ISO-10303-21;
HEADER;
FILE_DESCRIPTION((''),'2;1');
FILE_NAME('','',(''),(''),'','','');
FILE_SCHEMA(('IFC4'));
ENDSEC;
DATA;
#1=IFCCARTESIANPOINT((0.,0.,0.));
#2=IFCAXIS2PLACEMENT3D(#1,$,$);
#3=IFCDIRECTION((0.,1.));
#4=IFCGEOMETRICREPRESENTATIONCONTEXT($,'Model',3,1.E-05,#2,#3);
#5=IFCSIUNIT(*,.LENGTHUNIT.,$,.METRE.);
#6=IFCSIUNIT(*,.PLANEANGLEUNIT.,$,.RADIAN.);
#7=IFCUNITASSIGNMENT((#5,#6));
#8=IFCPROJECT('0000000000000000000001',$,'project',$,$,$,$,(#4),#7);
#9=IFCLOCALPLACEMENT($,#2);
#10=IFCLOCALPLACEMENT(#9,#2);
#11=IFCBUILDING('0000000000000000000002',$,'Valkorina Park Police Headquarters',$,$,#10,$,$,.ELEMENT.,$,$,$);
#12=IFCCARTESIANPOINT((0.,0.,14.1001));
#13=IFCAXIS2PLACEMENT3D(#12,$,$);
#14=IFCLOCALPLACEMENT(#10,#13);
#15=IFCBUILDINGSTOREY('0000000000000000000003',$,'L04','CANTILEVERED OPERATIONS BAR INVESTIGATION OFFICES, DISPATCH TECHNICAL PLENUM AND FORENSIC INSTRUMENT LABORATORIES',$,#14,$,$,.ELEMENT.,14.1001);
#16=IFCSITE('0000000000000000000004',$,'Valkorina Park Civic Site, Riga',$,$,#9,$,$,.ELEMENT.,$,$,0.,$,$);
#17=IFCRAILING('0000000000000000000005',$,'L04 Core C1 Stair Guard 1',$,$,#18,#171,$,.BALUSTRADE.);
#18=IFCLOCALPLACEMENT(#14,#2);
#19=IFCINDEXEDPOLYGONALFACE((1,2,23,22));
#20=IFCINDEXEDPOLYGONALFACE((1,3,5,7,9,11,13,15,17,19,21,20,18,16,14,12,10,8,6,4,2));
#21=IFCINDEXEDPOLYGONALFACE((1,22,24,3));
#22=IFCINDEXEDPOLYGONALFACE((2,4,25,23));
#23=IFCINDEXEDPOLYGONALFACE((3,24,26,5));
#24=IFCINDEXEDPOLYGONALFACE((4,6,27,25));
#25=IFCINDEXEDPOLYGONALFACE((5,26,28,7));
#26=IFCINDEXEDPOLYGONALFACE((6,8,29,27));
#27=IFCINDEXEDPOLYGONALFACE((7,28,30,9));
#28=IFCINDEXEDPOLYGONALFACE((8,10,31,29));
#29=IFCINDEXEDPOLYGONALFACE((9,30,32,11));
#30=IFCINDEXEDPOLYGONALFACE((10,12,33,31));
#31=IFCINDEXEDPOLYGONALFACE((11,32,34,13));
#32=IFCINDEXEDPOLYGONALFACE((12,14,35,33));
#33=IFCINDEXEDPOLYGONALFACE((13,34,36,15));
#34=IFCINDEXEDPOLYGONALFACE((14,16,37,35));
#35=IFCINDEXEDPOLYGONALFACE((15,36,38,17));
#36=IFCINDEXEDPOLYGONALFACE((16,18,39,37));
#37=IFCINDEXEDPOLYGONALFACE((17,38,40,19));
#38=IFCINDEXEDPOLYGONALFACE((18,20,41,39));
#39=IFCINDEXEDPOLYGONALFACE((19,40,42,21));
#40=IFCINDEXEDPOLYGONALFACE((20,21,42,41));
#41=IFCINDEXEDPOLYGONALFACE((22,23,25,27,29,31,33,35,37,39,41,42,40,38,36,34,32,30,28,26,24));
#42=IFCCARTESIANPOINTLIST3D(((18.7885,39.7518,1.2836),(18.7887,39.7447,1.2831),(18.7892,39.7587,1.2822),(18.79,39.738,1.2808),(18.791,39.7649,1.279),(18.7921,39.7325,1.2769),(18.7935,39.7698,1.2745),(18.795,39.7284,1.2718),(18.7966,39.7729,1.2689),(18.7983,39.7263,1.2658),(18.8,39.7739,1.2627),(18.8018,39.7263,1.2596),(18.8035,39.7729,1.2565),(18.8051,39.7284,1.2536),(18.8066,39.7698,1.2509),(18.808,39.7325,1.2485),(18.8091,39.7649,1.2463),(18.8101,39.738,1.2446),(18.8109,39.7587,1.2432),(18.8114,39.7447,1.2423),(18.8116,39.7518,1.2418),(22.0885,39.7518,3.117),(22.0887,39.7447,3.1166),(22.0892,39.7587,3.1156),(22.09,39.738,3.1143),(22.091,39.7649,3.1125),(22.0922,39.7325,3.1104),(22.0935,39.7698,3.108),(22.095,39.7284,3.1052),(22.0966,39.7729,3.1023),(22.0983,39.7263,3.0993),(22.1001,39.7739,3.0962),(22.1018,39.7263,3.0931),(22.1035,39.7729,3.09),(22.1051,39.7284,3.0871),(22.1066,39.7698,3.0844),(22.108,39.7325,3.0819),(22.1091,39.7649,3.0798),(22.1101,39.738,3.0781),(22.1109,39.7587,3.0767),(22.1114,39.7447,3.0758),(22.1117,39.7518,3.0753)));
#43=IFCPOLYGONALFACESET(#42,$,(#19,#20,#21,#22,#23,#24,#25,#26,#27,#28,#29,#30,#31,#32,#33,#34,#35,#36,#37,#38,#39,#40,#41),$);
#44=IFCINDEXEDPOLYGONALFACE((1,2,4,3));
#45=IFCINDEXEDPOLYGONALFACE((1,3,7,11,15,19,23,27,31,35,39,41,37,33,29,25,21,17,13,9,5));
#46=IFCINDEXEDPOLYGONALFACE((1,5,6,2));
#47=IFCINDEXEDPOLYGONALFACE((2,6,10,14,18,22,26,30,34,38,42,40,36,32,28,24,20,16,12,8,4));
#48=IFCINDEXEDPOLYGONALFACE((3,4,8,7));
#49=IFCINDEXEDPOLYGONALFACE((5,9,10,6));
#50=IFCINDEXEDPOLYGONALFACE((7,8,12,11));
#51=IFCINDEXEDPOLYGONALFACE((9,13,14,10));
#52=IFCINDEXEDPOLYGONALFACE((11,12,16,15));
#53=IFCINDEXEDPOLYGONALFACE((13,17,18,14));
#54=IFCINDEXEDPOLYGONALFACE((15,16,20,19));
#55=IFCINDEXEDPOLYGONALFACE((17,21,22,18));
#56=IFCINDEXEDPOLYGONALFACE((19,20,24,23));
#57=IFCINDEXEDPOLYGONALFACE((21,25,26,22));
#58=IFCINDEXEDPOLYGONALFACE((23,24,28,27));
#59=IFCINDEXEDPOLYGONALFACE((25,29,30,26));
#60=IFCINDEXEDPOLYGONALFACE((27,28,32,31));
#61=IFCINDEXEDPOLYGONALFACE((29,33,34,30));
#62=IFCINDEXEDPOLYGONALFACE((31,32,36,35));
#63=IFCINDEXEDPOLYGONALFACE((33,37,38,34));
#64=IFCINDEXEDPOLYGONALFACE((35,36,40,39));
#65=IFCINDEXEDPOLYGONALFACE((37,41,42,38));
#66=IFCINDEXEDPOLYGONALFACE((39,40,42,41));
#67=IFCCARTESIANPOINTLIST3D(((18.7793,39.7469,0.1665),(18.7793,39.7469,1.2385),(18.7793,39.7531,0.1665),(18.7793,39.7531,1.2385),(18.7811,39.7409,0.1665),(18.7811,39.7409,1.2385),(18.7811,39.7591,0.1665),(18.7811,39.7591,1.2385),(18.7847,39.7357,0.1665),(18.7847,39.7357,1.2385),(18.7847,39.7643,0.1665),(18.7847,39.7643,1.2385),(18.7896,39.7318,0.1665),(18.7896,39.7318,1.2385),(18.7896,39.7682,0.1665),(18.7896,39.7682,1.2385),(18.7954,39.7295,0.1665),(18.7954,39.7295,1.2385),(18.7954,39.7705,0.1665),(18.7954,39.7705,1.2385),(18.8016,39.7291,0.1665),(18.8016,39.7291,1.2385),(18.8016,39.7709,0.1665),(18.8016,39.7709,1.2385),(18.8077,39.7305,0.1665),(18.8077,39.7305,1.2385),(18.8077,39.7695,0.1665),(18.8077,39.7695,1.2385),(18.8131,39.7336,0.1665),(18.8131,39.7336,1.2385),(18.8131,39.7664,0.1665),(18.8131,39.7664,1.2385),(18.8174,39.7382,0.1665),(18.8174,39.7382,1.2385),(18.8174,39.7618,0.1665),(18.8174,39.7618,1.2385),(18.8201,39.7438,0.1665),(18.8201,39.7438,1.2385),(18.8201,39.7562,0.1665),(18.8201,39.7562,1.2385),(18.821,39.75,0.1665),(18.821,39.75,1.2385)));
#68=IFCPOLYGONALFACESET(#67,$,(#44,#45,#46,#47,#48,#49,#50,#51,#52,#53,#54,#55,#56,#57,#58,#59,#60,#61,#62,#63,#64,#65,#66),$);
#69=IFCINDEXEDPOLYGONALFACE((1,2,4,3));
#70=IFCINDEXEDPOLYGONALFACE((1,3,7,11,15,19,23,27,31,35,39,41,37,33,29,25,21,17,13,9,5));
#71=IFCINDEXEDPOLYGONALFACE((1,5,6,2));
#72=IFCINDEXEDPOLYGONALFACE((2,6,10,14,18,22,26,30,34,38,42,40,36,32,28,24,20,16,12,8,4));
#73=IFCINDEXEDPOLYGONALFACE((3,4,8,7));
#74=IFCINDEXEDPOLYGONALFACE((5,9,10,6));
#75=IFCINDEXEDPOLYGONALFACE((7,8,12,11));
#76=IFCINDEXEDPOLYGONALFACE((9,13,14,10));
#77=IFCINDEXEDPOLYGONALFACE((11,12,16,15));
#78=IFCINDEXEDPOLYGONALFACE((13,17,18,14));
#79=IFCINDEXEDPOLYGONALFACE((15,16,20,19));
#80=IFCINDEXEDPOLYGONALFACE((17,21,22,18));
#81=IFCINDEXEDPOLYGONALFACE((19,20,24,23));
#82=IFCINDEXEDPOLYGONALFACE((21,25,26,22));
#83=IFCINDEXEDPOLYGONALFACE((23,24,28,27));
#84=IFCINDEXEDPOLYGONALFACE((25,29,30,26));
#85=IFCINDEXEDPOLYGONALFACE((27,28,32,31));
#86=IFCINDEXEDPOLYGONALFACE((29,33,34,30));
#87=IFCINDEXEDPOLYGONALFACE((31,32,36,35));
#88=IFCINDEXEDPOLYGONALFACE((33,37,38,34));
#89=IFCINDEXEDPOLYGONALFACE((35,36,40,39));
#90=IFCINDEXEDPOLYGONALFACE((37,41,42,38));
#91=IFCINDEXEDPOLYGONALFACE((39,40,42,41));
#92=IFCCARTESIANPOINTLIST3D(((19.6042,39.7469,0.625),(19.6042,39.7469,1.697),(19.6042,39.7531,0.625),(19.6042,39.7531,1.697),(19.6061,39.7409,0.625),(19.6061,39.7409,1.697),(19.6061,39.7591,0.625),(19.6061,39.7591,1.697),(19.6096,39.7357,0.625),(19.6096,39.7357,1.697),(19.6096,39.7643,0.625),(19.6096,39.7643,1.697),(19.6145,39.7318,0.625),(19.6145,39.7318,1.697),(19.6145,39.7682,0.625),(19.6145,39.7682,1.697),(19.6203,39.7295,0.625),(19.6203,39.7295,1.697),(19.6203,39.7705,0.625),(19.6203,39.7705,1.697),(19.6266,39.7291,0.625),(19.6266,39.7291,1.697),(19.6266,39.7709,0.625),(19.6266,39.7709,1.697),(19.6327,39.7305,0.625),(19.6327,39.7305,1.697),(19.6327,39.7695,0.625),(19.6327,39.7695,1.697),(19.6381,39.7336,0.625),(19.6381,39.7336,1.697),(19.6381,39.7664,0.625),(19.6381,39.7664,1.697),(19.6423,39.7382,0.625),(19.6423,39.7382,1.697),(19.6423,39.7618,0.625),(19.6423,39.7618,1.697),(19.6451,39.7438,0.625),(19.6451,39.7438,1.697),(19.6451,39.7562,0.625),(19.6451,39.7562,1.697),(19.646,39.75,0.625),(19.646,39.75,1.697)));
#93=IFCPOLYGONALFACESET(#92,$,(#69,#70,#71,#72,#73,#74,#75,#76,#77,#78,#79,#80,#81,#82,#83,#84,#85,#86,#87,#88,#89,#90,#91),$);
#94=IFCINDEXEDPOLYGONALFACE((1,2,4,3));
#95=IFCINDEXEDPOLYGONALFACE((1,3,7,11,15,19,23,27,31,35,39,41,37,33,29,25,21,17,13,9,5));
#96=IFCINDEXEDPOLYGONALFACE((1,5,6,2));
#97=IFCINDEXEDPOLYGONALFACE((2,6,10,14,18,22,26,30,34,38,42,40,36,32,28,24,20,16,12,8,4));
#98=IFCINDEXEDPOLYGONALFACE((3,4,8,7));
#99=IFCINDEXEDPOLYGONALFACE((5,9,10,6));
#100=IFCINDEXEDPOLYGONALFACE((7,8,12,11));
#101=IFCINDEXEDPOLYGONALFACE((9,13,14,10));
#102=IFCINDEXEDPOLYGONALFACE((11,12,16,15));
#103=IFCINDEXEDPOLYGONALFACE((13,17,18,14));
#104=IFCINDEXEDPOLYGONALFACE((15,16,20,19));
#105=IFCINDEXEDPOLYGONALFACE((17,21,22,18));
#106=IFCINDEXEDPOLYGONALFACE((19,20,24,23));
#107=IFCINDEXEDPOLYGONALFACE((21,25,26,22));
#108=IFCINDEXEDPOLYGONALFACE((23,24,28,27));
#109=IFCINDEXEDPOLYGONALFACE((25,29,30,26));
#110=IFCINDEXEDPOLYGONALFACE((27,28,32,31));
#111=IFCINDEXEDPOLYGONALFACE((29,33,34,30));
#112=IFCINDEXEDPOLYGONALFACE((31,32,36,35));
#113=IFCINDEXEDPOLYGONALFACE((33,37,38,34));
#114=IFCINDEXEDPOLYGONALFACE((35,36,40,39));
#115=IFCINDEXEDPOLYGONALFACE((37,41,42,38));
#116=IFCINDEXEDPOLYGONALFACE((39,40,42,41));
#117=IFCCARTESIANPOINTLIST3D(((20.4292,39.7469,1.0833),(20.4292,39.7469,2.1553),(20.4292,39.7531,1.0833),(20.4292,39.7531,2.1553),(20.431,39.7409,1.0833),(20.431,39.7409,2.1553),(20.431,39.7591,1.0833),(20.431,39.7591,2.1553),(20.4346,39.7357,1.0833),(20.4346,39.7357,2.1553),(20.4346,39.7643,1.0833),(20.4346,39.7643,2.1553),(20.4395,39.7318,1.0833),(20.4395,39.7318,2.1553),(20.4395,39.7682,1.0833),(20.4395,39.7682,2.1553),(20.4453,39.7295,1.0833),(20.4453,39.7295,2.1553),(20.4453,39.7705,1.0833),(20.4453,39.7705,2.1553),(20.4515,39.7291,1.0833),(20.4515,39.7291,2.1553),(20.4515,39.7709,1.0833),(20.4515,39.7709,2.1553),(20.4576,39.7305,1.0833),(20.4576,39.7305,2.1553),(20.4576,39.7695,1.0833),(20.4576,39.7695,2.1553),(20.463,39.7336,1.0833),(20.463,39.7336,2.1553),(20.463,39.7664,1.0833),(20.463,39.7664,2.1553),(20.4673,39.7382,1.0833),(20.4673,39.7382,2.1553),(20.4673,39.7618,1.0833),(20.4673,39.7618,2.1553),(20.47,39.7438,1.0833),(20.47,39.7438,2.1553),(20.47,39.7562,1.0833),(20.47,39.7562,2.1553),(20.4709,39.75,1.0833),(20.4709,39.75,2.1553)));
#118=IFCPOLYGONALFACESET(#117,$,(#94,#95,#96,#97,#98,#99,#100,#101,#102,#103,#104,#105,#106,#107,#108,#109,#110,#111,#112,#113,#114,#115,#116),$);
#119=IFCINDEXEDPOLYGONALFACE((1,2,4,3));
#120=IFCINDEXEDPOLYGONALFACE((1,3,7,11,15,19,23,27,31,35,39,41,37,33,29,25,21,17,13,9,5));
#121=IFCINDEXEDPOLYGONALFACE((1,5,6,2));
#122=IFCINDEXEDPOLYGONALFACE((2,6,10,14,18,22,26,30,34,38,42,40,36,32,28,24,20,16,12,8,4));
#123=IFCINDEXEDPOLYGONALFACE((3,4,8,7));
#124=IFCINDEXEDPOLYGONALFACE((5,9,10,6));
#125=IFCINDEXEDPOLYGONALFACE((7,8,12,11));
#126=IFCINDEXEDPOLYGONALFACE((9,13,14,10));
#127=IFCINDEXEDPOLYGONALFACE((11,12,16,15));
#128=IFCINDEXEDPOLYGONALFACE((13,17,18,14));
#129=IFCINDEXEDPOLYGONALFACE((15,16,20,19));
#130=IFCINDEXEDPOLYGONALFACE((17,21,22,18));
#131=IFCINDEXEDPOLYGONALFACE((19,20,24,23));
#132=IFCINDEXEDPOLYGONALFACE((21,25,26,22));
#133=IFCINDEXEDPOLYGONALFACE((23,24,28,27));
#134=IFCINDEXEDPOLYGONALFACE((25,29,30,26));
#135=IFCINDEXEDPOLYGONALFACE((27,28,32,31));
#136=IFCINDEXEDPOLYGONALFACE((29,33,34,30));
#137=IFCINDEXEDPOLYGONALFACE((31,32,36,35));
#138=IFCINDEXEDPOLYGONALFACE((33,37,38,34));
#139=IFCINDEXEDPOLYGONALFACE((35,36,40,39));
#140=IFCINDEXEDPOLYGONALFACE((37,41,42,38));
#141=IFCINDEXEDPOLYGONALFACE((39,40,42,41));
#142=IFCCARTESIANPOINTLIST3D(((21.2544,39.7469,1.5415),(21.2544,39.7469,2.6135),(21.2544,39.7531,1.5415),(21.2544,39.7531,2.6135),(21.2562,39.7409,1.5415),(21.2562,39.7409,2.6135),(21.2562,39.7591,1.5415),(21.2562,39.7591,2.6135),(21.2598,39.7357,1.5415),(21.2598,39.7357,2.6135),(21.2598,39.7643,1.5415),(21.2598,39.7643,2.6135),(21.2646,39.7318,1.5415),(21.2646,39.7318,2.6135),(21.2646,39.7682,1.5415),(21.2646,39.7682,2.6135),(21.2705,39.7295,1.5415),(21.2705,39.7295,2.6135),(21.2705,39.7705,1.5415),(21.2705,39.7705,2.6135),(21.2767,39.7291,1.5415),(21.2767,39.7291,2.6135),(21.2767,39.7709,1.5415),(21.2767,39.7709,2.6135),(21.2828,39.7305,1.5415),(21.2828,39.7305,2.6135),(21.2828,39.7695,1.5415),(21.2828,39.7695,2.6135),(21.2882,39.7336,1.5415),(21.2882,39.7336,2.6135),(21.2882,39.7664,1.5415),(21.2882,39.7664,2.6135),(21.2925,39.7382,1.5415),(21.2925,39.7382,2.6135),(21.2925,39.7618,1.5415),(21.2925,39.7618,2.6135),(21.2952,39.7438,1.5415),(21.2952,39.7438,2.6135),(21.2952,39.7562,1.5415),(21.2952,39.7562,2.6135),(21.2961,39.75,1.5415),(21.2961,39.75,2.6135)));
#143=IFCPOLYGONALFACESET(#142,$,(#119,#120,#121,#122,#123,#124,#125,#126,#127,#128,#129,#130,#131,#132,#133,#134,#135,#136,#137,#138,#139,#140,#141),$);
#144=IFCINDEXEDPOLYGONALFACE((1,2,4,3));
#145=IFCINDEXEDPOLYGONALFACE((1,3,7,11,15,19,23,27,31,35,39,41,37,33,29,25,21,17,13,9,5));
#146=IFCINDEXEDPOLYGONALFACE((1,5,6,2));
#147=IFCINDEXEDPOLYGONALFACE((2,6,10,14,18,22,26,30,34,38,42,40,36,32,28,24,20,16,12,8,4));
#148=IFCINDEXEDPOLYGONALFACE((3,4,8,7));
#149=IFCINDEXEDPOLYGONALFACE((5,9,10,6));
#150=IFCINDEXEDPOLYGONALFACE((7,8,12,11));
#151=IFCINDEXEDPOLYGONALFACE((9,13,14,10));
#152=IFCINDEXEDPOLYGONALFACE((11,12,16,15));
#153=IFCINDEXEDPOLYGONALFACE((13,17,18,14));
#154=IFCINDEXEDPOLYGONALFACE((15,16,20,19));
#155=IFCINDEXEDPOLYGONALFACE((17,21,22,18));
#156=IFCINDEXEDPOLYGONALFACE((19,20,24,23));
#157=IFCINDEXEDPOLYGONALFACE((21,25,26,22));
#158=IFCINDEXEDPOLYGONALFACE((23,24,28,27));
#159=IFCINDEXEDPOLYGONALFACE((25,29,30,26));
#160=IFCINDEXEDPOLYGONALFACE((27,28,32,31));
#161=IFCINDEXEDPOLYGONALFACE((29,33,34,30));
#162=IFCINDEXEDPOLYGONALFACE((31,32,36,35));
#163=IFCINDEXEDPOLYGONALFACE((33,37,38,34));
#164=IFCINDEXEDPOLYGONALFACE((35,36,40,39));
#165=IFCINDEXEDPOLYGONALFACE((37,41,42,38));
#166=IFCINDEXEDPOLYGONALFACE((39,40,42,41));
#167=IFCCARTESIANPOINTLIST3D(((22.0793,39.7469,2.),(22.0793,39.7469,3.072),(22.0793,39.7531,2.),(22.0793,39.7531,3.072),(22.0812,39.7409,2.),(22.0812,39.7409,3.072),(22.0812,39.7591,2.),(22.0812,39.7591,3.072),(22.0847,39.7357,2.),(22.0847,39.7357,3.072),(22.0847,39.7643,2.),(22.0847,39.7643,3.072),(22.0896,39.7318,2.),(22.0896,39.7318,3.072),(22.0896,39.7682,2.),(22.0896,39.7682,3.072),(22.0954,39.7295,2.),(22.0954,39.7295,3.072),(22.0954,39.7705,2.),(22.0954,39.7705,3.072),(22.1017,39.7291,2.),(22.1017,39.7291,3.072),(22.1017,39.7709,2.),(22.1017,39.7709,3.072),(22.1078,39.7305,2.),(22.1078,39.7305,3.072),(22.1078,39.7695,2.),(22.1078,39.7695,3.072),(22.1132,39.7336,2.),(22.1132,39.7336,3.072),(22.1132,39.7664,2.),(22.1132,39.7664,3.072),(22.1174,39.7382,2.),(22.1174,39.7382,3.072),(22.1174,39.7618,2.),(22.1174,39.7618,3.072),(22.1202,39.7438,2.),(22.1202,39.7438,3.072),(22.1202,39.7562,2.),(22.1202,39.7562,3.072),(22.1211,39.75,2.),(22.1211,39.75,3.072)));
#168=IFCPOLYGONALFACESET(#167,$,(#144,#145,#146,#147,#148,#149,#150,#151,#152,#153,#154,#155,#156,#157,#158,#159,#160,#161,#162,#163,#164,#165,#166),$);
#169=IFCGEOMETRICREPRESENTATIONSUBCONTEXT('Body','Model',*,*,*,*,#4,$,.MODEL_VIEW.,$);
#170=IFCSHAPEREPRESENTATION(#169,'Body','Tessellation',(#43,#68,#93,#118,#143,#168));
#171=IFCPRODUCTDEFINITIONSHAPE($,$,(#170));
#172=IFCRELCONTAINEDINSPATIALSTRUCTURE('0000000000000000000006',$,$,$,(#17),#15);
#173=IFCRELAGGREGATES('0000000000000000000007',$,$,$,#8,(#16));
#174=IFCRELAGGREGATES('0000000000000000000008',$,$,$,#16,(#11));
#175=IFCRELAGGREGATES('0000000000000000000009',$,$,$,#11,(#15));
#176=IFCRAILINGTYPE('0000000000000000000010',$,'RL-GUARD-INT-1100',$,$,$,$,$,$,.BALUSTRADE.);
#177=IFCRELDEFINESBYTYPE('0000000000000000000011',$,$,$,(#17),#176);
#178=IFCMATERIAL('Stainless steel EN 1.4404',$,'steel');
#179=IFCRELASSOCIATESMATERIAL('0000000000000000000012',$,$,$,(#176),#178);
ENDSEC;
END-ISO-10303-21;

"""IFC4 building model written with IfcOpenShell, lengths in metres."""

from ifc_helpers import new_model, si_unit, direction, frame, origin, origin_2d, place, context, subcontext, project, spatial, circle, extrude, material, type_object, element, save


model = new_model("IFC4")

# Units and contexts
model_context = context("Model", 3, precision=1e-05, world=origin(), true_north=direction((0.0, 1.0)))
body_context = subcontext(model_context, "Body", "Model", "MODEL_VIEW")
ifc_project = project(units=[si_unit("LENGTHUNIT", "METRE"), si_unit("PLANEANGLEUNIT", "RADIAN")], contexts=[model_context])

# Site, building, storey
site_placement = place(None, origin())
site = spatial("IfcSite", under=ifc_project, at=site_placement, Name="Valkorina Park Civic Site, Riga", CompositionType="ELEMENT", RefElevation=0.0)
building_placement = place(site_placement, origin())
building = spatial("IfcBuilding", under=site, at=building_placement, Name="Valkorina Park Police Headquarters", CompositionType="ELEMENT")
storey_placement = place(building_placement, frame((0.0, 0.0, 14.1001)))
storey = spatial("IfcBuildingStorey", under=building, at=storey_placement, Name="L04", Description="CANTILEVERED OPERATIONS BAR INVESTIGATION OFFICES, DISPATCH TECHNICAL PLENUM AND FORENSIC INSTRUMENT LABORATORIES", CompositionType="ELEMENT", Elevation=14.1001)

# Railing
ifc_material_1 = material(Name="Stainless steel EN 1.4404", Category="steel")
railing_type_1 = type_object("IfcRailingType", Name="RL-GUARD-INT-1100", PredefinedType="BALUSTRADE", material=ifc_material_1)
railing_1_placement = place(storey_placement, frame((18.8, 39.75, 0.1665)))
element("IfcRailing", 1, at=railing_1_placement, inside=storey, type_object=railing_type_1, Name="L04 Core C1 Stair Guard 1", PredefinedType="BALUSTRADE", context=body_context, shape_type="SweptSolid", body=[
    extrude(circle(Radius=0.0239, at=origin_2d()), frame((0.0, 0.0, 1.0962), z_axis=(0.874142, 0.0, 0.48567), x_axis=(0.0, 1.0, 0.0)), (0.0, 0.0, 1.0), 3.7751),
    extrude(circle(Radius=0.021, at=origin_2d()), origin(), (0.0, 0.0, 1.0), 1.072),
    extrude(circle(Radius=0.021, at=origin_2d()), frame((0.825, 0.0, 0.4585)), (0.0, 0.0, 1.0), 1.072),
    extrude(circle(Radius=0.021, at=origin_2d()), frame((1.6499, 0.0, 0.9167)), (0.0, 0.0, 1.0), 1.072),
    extrude(circle(Radius=0.021, at=origin_2d()), frame((2.4751, 0.0, 1.375)), (0.0, 0.0, 1.0), 1.072),
    extrude(circle(Radius=0.021, at=origin_2d()), frame((3.3, 0.0, 1.8335)), (0.0, 0.0, 1.0), 1.072),
])

save(model, "model.ifc")
